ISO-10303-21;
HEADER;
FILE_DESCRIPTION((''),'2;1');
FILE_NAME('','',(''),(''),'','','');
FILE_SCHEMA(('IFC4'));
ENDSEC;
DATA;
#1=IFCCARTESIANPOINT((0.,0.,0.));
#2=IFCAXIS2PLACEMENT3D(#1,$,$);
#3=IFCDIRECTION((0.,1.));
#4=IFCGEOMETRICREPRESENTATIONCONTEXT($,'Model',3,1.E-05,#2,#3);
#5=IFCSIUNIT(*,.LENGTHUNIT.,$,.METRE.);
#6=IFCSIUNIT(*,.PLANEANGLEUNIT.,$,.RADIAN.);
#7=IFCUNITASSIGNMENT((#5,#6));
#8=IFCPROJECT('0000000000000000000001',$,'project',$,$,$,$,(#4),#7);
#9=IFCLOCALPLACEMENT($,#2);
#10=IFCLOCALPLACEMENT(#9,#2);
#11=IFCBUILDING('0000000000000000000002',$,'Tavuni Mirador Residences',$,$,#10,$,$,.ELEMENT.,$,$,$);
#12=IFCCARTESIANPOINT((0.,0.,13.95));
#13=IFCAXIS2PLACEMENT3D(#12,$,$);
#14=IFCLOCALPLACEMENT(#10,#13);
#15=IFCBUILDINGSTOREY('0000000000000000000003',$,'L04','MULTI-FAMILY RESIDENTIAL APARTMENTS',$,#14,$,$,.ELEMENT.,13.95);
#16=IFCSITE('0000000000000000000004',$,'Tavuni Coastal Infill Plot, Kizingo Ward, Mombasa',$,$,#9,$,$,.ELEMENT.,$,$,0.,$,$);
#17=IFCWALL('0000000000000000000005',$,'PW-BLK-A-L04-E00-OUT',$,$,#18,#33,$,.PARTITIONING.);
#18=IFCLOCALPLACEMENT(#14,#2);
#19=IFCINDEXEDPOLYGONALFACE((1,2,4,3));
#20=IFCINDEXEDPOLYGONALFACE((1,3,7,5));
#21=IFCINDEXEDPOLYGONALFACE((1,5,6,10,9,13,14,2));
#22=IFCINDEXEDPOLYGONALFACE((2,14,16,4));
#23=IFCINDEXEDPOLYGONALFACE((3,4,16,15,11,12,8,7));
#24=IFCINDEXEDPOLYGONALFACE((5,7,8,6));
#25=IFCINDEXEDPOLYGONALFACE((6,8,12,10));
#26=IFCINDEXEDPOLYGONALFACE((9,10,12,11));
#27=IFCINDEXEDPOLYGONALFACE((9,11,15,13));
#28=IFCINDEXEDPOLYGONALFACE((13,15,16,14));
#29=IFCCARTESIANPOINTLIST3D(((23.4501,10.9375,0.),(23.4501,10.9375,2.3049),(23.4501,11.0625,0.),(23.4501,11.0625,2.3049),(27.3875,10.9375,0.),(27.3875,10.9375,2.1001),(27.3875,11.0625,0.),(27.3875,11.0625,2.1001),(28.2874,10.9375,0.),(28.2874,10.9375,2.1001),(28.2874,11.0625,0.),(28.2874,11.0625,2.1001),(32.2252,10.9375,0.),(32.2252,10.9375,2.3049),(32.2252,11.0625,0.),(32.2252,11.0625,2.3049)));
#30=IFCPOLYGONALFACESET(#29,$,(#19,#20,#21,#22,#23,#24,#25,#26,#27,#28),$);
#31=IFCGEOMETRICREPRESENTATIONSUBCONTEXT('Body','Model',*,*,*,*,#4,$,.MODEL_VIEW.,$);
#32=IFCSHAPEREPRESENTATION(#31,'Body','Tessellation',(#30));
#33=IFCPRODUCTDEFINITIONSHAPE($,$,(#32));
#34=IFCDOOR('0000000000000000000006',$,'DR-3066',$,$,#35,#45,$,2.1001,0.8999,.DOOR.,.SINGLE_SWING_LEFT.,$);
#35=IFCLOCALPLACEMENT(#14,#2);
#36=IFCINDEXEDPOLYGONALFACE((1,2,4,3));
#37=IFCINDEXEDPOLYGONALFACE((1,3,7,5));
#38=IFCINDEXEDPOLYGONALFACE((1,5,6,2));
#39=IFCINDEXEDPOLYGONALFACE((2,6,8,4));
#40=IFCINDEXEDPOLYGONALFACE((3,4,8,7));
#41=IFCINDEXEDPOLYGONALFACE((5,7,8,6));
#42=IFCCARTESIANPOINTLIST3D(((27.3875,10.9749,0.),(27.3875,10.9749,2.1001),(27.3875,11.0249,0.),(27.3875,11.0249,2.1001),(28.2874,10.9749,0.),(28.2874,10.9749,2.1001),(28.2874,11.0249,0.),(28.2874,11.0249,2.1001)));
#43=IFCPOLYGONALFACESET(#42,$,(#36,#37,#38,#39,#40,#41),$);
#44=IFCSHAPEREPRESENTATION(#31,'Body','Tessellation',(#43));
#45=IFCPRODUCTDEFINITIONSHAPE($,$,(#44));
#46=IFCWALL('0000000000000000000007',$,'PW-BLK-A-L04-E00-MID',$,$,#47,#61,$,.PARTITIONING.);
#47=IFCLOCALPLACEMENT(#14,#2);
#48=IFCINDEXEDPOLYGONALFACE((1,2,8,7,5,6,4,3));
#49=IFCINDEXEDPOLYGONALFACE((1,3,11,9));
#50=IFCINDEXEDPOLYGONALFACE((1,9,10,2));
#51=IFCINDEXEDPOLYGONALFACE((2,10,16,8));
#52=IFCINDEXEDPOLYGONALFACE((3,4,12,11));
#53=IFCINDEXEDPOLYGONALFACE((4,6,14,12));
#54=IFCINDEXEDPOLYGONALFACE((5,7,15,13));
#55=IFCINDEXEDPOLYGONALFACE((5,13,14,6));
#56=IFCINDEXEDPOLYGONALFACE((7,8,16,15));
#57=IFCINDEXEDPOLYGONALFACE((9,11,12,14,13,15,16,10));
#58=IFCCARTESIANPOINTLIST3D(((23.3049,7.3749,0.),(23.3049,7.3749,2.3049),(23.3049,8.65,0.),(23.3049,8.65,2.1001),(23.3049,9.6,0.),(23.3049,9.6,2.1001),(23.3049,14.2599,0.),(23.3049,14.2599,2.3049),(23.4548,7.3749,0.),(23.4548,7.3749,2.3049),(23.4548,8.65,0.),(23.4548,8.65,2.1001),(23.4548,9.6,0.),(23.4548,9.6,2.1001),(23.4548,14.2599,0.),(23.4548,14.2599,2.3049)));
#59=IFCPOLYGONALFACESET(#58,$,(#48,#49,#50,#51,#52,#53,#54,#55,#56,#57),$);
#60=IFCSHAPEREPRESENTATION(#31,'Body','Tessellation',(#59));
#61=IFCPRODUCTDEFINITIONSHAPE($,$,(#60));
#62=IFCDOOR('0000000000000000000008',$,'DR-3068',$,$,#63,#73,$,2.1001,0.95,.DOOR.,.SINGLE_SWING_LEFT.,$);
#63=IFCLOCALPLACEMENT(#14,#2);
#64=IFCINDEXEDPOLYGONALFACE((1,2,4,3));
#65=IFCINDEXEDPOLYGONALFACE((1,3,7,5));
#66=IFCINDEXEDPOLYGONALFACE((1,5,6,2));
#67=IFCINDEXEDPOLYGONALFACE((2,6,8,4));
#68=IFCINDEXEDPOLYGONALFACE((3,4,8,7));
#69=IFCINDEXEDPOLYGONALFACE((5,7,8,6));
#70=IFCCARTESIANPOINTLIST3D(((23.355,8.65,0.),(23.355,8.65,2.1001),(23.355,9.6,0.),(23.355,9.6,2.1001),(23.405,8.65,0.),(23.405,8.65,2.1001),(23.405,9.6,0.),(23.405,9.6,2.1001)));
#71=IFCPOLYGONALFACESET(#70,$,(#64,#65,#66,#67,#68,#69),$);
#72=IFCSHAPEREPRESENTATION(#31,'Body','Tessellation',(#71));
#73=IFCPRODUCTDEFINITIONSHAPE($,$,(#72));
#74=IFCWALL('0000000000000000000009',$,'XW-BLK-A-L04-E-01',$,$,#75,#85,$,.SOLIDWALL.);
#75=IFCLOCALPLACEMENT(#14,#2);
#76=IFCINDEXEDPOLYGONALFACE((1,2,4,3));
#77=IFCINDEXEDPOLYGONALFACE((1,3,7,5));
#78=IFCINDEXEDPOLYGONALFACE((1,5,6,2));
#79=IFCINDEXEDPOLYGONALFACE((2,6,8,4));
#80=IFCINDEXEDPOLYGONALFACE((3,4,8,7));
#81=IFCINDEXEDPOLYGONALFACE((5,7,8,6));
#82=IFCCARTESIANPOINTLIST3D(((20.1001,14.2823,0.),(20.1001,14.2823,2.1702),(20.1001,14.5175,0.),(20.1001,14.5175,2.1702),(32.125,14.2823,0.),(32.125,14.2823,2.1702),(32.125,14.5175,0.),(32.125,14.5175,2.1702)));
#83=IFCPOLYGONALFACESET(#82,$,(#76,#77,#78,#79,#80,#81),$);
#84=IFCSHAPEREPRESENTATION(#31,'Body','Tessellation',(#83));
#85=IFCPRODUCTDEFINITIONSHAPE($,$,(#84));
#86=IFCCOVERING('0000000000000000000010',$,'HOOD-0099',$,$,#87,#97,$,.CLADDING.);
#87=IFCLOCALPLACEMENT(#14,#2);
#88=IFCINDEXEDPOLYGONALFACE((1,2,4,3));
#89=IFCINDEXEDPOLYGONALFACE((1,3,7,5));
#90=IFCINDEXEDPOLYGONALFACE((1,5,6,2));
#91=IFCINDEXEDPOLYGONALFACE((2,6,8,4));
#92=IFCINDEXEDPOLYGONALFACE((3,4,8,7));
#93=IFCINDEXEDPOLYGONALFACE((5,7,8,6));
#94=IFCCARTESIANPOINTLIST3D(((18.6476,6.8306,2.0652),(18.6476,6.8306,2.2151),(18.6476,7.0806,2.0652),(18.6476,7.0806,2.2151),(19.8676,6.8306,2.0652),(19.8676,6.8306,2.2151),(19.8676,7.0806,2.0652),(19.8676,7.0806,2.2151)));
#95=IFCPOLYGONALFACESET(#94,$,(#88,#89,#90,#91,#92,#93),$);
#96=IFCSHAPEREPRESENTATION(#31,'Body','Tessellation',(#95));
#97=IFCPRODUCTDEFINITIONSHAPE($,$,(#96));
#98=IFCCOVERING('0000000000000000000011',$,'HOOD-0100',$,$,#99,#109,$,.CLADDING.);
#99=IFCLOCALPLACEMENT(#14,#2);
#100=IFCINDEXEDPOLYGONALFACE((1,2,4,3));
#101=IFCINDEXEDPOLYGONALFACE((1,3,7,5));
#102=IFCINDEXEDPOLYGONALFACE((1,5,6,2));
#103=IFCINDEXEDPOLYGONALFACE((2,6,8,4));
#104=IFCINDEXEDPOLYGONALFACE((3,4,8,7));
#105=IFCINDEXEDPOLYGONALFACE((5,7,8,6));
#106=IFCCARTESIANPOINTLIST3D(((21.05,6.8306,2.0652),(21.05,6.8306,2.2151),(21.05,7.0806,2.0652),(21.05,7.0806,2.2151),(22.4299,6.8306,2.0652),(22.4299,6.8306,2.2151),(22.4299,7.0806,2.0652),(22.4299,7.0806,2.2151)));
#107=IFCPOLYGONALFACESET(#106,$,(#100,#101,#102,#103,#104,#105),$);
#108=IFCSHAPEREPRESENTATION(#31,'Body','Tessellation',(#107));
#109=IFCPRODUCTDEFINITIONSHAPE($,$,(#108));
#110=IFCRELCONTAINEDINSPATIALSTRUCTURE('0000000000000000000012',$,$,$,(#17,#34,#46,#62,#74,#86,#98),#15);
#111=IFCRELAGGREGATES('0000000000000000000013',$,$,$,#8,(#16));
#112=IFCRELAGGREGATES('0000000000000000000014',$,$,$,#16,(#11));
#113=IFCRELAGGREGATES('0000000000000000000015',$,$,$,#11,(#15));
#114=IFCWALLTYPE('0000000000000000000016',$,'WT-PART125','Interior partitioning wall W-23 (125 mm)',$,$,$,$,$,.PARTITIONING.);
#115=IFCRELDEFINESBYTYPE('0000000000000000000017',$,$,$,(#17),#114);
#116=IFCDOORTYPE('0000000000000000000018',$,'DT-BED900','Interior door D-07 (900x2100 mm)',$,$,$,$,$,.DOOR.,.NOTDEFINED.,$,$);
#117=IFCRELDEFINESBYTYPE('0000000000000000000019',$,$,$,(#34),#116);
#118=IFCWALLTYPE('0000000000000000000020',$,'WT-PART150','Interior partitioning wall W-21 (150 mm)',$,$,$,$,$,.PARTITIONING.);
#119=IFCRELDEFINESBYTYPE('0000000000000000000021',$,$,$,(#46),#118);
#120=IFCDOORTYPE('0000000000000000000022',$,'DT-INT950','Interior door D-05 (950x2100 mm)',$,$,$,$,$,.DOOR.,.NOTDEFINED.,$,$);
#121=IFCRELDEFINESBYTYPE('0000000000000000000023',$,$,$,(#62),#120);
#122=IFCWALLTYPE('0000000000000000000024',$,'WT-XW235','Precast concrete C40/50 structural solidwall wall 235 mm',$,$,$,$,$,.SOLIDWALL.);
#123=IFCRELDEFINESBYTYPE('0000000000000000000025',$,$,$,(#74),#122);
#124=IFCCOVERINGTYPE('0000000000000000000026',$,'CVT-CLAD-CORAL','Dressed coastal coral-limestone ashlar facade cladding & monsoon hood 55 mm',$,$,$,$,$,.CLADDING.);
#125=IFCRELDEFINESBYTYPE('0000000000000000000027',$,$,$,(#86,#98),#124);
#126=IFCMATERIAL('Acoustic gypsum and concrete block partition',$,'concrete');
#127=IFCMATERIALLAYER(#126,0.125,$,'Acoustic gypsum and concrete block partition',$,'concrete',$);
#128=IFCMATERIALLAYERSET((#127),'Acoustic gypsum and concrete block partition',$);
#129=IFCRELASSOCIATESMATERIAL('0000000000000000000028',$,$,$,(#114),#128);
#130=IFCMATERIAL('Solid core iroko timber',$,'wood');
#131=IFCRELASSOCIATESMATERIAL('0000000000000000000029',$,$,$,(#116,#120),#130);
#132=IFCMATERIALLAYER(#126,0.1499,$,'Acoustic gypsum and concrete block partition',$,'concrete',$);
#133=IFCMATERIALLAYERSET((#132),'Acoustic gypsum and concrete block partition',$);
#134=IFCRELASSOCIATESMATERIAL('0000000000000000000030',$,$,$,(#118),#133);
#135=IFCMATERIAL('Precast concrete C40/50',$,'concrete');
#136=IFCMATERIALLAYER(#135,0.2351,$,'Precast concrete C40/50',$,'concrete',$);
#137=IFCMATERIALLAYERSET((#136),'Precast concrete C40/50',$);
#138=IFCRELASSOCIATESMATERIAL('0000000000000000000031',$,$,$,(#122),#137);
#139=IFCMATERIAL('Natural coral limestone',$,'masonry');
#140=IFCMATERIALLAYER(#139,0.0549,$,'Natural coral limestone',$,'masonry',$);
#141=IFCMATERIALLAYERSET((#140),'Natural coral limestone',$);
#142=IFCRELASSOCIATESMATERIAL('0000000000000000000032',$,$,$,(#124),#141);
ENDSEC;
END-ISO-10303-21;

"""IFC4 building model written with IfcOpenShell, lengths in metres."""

from ifc_helpers import new_model, si_unit, direction, frame, frame_2d, origin, origin_2d, place, context, subcontext, project, spatial, rectangle, extrude, material, layer, layer_set, type_object, element, fill, save


model = new_model("IFC4")

# Units and contexts
model_context = context("Model", 3, precision=1e-05, world=origin(), true_north=direction((0.0, 1.0)))
body_context = subcontext(model_context, "Body", "Model", "MODEL_VIEW")
ifc_project = project(units=[si_unit("LENGTHUNIT", "METRE"), si_unit("PLANEANGLEUNIT", "RADIAN")], contexts=[model_context])

# Site, building, storey
site_placement = place(None, origin())
site = spatial("IfcSite", under=ifc_project, at=site_placement, Name="Tavuni Coastal Infill Plot, Kizingo Ward, Mombasa", CompositionType="ELEMENT", RefElevation=0.0)
building_placement = place(site_placement, origin())
building = spatial("IfcBuilding", under=site, at=building_placement, Name="Tavuni Mirador Residences", CompositionType="ELEMENT")
storey_placement = place(building_placement, frame((0.0, 0.0, 13.95)))
storey = spatial("IfcBuildingStorey", under=building, at=storey_placement, Name="L04", Description="MULTI-FAMILY RESIDENTIAL APARTMENTS", CompositionType="ELEMENT", Elevation=13.95)

# Shared definitions
ifc_material_1 = material(Name="Precast concrete C40/50", Category="concrete")

# Shared definitions
ifc_material_2 = material(Name="Solid core iroko timber", Category="wood")

# Walls, openings, doors
ifc_material_3 = material(Name="Acoustic gypsum and concrete block partition", Category="concrete")
ifc_layer_1 = layer(ifc_material_3, 0.125, Name="Acoustic gypsum and concrete block partition", Category="concrete")
ifc_layer_set_1 = layer_set([ifc_layer_1], Name="Acoustic gypsum and concrete block partition")
wall_type_1 = type_object("IfcWallType", Name="WT-PART125", Description="Interior partitioning wall W-23 (125 mm)", PredefinedType="PARTITIONING", material=ifc_layer_set_1)
wall_1_placement = place(storey_placement, frame((23.45, 11.0, 0.0), z_axis=(0.0, 0.0, 1.0), x_axis=(1.0, 0.0, 0.0)))
wall_1 = element("IfcWall", 1, at=wall_1_placement, inside=storey, type_object=wall_type_1, Name="PW-BLK-A-L04-E00-OUT", PredefinedType="PARTITIONING", context=body_context, shape_type="SweptSolid", body=[
    extrude(rectangle(XDim=8.7751, YDim=0.125, at=frame_2d((4.3877, 0.0))), origin(), (0.0, 0.0, 1.0), 2.3049),
])
opening_1_placement = place(wall_1_placement, frame((3.9375, 0.0, 0.0)))
opening_1 = element("IfcOpeningElement", 2, at=opening_1_placement, cuts=wall_1, PredefinedType="OPENING", context=body_context, shape_type="SweptSolid", body=[
    extrude(rectangle(XDim=0.8999, YDim=2.1001, at=frame_2d((0.45, 1.05))), frame((0.0, 0.0725, 0.0), z_axis=(0.0, -1.0, 0.0), x_axis=(1.0, 0.0, 0.0)), (0.0, 0.0, 1.0), 0.145),
])
door_type_1 = type_object("IfcDoorType", Name="DT-BED900", Description="Interior door D-07 (900x2100 mm)", OperationType="NOTDEFINED", PredefinedType="DOOR", material=ifc_material_2)
door_1_placement = place(opening_1_placement, origin())
door_1 = element("IfcDoor", 3, at=door_1_placement, inside=storey, type_object=door_type_1, Name="DR-3066", OperationType="SINGLE_SWING_LEFT", OverallHeight=2.1001, OverallWidth=0.8999, PredefinedType="DOOR", context=body_context, shape_type="SweptSolid", body=[
    extrude(rectangle(XDim=0.8999, YDim=2.1001, at=frame_2d((0.45, 1.05))), frame((0.0, 0.0249, 0.0), z_axis=(0.0, -1.0, 0.0), x_axis=(1.0, 0.0, 0.0)), (0.0, 0.0, 1.0), 0.05),
])
fill(opening_1, door_1)
ifc_layer_2 = layer(ifc_material_3, 0.1499, Name="Acoustic gypsum and concrete block partition", Category="concrete")
ifc_layer_set_2 = layer_set([ifc_layer_2], Name="Acoustic gypsum and concrete block partition")
wall_type_2 = type_object("IfcWallType", Name="WT-PART150", Description="Interior partitioning wall W-21 (150 mm)", PredefinedType="PARTITIONING", material=ifc_layer_set_2)
wall_2_placement = place(storey_placement, frame((23.3799, 7.375, 0.0), z_axis=(0.0, 0.0, 1.0), x_axis=(0.0, 1.0, 0.0)))
wall_2 = element("IfcWall", 4, at=wall_2_placement, inside=storey, type_object=wall_type_2, Name="PW-BLK-A-L04-E00-MID", PredefinedType="PARTITIONING", context=body_context, shape_type="SweptSolid", body=[
    extrude(rectangle(XDim=6.885, YDim=0.1499, at=frame_2d((3.4424, 0.0))), origin(), (0.0, 0.0, 1.0), 2.3049),
])
opening_2_placement = place(wall_2_placement, frame((1.2749, 0.0, 0.0)))
opening_2 = element("IfcOpeningElement", 5, at=opening_2_placement, cuts=wall_2, PredefinedType="OPENING", context=body_context, shape_type="SweptSolid", body=[
    extrude(rectangle(XDim=0.95, YDim=2.1001, at=frame_2d((0.4751, 1.05))), frame((0.0, 0.085, 0.0), z_axis=(0.0, -1.0, 0.0), x_axis=(1.0, 0.0, 0.0)), (0.0, 0.0, 1.0), 0.1699),
])
door_type_2 = type_object("IfcDoorType", Name="DT-INT950", Description="Interior door D-05 (950x2100 mm)", OperationType="NOTDEFINED", PredefinedType="DOOR", material=ifc_material_2)
door_2_placement = place(opening_2_placement, origin())
door_2 = element("IfcDoor", 6, at=door_2_placement, inside=storey, type_object=door_type_2, Name="DR-3068", OperationType="SINGLE_SWING_LEFT", OverallHeight=2.1001, OverallWidth=0.95, PredefinedType="DOOR", context=body_context, shape_type="SweptSolid", body=[
    extrude(rectangle(XDim=0.95, YDim=2.1001, at=frame_2d((0.4751, 1.05))), frame((0.0, 0.0249, 0.0), z_axis=(0.0, -1.0, 0.0), x_axis=(1.0, 0.0, 0.0)), (0.0, 0.0, 1.0), 0.05),
])
fill(opening_2, door_2)

# Wall
ifc_layer_3 = layer(ifc_material_1, 0.2351, Name="Precast concrete C40/50", Category="concrete")
ifc_layer_set_3 = layer_set([ifc_layer_3], Name="Precast concrete C40/50")
wall_type_3 = type_object("IfcWallType", Name="WT-XW235", Description="Precast concrete C40/50 structural solidwall wall 235 mm", PredefinedType="SOLIDWALL", material=ifc_layer_set_3)
wall_3_placement = place(storey_placement, frame((20.1001, 14.3999, 0.0), z_axis=(0.0, 0.0, 1.0), x_axis=(1.0, 0.0, 0.0)))
element("IfcWall", 7, at=wall_3_placement, inside=storey, type_object=wall_type_3, Name="XW-BLK-A-L04-E-01", PredefinedType="SOLIDWALL", context=body_context, shape_type="SweptSolid", body=[
    extrude(rectangle(XDim=12.0249, YDim=0.2351, at=frame_2d((6.0125, 0.0))), origin(), (0.0, 0.0, 1.0), 2.1702),
])

# Coverings
ifc_material_4 = material(Name="Natural coral limestone", Category="masonry")
ifc_layer_4 = layer(ifc_material_4, 0.0549, Name="Natural coral limestone", Category="masonry")
ifc_layer_set_4 = layer_set([ifc_layer_4], Name="Natural coral limestone")
covering_type = type_object("IfcCoveringType", Name="CVT-CLAD-CORAL", Description="Dressed coastal coral-limestone ashlar facade cladding & monsoon hood 55 mm", PredefinedType="CLADDING", material=ifc_layer_set_4)
covering_1_placement = place(storey_placement, frame((19.2576, 6.9556, 2.0652), z_axis=(0.0, 0.0, 1.0), x_axis=(1.0, 0.0, 0.0)))
element("IfcCovering", 8, at=covering_1_placement, inside=storey, type_object=covering_type, Name="HOOD-0099", PredefinedType="CLADDING", context=body_context, shape_type="SweptSolid", body=[
    extrude(rectangle(XDim=1.22, YDim=0.25, at=origin_2d()), origin(), (0.0, 0.0, 1.0), 0.1499),
])
covering_2_placement = place(storey_placement, frame((21.74, 6.9556, 2.0652), z_axis=(0.0, 0.0, 1.0), x_axis=(1.0, 0.0, 0.0)))
element("IfcCovering", 9, at=covering_2_placement, inside=storey, type_object=covering_type, Name="HOOD-0100", PredefinedType="CLADDING", context=body_context, shape_type="SweptSolid", body=[
    extrude(rectangle(XDim=1.3799, YDim=0.25, at=origin_2d()), origin(), (0.0, 0.0, 1.0), 0.1499),
])

save(model, "model.ifc")
